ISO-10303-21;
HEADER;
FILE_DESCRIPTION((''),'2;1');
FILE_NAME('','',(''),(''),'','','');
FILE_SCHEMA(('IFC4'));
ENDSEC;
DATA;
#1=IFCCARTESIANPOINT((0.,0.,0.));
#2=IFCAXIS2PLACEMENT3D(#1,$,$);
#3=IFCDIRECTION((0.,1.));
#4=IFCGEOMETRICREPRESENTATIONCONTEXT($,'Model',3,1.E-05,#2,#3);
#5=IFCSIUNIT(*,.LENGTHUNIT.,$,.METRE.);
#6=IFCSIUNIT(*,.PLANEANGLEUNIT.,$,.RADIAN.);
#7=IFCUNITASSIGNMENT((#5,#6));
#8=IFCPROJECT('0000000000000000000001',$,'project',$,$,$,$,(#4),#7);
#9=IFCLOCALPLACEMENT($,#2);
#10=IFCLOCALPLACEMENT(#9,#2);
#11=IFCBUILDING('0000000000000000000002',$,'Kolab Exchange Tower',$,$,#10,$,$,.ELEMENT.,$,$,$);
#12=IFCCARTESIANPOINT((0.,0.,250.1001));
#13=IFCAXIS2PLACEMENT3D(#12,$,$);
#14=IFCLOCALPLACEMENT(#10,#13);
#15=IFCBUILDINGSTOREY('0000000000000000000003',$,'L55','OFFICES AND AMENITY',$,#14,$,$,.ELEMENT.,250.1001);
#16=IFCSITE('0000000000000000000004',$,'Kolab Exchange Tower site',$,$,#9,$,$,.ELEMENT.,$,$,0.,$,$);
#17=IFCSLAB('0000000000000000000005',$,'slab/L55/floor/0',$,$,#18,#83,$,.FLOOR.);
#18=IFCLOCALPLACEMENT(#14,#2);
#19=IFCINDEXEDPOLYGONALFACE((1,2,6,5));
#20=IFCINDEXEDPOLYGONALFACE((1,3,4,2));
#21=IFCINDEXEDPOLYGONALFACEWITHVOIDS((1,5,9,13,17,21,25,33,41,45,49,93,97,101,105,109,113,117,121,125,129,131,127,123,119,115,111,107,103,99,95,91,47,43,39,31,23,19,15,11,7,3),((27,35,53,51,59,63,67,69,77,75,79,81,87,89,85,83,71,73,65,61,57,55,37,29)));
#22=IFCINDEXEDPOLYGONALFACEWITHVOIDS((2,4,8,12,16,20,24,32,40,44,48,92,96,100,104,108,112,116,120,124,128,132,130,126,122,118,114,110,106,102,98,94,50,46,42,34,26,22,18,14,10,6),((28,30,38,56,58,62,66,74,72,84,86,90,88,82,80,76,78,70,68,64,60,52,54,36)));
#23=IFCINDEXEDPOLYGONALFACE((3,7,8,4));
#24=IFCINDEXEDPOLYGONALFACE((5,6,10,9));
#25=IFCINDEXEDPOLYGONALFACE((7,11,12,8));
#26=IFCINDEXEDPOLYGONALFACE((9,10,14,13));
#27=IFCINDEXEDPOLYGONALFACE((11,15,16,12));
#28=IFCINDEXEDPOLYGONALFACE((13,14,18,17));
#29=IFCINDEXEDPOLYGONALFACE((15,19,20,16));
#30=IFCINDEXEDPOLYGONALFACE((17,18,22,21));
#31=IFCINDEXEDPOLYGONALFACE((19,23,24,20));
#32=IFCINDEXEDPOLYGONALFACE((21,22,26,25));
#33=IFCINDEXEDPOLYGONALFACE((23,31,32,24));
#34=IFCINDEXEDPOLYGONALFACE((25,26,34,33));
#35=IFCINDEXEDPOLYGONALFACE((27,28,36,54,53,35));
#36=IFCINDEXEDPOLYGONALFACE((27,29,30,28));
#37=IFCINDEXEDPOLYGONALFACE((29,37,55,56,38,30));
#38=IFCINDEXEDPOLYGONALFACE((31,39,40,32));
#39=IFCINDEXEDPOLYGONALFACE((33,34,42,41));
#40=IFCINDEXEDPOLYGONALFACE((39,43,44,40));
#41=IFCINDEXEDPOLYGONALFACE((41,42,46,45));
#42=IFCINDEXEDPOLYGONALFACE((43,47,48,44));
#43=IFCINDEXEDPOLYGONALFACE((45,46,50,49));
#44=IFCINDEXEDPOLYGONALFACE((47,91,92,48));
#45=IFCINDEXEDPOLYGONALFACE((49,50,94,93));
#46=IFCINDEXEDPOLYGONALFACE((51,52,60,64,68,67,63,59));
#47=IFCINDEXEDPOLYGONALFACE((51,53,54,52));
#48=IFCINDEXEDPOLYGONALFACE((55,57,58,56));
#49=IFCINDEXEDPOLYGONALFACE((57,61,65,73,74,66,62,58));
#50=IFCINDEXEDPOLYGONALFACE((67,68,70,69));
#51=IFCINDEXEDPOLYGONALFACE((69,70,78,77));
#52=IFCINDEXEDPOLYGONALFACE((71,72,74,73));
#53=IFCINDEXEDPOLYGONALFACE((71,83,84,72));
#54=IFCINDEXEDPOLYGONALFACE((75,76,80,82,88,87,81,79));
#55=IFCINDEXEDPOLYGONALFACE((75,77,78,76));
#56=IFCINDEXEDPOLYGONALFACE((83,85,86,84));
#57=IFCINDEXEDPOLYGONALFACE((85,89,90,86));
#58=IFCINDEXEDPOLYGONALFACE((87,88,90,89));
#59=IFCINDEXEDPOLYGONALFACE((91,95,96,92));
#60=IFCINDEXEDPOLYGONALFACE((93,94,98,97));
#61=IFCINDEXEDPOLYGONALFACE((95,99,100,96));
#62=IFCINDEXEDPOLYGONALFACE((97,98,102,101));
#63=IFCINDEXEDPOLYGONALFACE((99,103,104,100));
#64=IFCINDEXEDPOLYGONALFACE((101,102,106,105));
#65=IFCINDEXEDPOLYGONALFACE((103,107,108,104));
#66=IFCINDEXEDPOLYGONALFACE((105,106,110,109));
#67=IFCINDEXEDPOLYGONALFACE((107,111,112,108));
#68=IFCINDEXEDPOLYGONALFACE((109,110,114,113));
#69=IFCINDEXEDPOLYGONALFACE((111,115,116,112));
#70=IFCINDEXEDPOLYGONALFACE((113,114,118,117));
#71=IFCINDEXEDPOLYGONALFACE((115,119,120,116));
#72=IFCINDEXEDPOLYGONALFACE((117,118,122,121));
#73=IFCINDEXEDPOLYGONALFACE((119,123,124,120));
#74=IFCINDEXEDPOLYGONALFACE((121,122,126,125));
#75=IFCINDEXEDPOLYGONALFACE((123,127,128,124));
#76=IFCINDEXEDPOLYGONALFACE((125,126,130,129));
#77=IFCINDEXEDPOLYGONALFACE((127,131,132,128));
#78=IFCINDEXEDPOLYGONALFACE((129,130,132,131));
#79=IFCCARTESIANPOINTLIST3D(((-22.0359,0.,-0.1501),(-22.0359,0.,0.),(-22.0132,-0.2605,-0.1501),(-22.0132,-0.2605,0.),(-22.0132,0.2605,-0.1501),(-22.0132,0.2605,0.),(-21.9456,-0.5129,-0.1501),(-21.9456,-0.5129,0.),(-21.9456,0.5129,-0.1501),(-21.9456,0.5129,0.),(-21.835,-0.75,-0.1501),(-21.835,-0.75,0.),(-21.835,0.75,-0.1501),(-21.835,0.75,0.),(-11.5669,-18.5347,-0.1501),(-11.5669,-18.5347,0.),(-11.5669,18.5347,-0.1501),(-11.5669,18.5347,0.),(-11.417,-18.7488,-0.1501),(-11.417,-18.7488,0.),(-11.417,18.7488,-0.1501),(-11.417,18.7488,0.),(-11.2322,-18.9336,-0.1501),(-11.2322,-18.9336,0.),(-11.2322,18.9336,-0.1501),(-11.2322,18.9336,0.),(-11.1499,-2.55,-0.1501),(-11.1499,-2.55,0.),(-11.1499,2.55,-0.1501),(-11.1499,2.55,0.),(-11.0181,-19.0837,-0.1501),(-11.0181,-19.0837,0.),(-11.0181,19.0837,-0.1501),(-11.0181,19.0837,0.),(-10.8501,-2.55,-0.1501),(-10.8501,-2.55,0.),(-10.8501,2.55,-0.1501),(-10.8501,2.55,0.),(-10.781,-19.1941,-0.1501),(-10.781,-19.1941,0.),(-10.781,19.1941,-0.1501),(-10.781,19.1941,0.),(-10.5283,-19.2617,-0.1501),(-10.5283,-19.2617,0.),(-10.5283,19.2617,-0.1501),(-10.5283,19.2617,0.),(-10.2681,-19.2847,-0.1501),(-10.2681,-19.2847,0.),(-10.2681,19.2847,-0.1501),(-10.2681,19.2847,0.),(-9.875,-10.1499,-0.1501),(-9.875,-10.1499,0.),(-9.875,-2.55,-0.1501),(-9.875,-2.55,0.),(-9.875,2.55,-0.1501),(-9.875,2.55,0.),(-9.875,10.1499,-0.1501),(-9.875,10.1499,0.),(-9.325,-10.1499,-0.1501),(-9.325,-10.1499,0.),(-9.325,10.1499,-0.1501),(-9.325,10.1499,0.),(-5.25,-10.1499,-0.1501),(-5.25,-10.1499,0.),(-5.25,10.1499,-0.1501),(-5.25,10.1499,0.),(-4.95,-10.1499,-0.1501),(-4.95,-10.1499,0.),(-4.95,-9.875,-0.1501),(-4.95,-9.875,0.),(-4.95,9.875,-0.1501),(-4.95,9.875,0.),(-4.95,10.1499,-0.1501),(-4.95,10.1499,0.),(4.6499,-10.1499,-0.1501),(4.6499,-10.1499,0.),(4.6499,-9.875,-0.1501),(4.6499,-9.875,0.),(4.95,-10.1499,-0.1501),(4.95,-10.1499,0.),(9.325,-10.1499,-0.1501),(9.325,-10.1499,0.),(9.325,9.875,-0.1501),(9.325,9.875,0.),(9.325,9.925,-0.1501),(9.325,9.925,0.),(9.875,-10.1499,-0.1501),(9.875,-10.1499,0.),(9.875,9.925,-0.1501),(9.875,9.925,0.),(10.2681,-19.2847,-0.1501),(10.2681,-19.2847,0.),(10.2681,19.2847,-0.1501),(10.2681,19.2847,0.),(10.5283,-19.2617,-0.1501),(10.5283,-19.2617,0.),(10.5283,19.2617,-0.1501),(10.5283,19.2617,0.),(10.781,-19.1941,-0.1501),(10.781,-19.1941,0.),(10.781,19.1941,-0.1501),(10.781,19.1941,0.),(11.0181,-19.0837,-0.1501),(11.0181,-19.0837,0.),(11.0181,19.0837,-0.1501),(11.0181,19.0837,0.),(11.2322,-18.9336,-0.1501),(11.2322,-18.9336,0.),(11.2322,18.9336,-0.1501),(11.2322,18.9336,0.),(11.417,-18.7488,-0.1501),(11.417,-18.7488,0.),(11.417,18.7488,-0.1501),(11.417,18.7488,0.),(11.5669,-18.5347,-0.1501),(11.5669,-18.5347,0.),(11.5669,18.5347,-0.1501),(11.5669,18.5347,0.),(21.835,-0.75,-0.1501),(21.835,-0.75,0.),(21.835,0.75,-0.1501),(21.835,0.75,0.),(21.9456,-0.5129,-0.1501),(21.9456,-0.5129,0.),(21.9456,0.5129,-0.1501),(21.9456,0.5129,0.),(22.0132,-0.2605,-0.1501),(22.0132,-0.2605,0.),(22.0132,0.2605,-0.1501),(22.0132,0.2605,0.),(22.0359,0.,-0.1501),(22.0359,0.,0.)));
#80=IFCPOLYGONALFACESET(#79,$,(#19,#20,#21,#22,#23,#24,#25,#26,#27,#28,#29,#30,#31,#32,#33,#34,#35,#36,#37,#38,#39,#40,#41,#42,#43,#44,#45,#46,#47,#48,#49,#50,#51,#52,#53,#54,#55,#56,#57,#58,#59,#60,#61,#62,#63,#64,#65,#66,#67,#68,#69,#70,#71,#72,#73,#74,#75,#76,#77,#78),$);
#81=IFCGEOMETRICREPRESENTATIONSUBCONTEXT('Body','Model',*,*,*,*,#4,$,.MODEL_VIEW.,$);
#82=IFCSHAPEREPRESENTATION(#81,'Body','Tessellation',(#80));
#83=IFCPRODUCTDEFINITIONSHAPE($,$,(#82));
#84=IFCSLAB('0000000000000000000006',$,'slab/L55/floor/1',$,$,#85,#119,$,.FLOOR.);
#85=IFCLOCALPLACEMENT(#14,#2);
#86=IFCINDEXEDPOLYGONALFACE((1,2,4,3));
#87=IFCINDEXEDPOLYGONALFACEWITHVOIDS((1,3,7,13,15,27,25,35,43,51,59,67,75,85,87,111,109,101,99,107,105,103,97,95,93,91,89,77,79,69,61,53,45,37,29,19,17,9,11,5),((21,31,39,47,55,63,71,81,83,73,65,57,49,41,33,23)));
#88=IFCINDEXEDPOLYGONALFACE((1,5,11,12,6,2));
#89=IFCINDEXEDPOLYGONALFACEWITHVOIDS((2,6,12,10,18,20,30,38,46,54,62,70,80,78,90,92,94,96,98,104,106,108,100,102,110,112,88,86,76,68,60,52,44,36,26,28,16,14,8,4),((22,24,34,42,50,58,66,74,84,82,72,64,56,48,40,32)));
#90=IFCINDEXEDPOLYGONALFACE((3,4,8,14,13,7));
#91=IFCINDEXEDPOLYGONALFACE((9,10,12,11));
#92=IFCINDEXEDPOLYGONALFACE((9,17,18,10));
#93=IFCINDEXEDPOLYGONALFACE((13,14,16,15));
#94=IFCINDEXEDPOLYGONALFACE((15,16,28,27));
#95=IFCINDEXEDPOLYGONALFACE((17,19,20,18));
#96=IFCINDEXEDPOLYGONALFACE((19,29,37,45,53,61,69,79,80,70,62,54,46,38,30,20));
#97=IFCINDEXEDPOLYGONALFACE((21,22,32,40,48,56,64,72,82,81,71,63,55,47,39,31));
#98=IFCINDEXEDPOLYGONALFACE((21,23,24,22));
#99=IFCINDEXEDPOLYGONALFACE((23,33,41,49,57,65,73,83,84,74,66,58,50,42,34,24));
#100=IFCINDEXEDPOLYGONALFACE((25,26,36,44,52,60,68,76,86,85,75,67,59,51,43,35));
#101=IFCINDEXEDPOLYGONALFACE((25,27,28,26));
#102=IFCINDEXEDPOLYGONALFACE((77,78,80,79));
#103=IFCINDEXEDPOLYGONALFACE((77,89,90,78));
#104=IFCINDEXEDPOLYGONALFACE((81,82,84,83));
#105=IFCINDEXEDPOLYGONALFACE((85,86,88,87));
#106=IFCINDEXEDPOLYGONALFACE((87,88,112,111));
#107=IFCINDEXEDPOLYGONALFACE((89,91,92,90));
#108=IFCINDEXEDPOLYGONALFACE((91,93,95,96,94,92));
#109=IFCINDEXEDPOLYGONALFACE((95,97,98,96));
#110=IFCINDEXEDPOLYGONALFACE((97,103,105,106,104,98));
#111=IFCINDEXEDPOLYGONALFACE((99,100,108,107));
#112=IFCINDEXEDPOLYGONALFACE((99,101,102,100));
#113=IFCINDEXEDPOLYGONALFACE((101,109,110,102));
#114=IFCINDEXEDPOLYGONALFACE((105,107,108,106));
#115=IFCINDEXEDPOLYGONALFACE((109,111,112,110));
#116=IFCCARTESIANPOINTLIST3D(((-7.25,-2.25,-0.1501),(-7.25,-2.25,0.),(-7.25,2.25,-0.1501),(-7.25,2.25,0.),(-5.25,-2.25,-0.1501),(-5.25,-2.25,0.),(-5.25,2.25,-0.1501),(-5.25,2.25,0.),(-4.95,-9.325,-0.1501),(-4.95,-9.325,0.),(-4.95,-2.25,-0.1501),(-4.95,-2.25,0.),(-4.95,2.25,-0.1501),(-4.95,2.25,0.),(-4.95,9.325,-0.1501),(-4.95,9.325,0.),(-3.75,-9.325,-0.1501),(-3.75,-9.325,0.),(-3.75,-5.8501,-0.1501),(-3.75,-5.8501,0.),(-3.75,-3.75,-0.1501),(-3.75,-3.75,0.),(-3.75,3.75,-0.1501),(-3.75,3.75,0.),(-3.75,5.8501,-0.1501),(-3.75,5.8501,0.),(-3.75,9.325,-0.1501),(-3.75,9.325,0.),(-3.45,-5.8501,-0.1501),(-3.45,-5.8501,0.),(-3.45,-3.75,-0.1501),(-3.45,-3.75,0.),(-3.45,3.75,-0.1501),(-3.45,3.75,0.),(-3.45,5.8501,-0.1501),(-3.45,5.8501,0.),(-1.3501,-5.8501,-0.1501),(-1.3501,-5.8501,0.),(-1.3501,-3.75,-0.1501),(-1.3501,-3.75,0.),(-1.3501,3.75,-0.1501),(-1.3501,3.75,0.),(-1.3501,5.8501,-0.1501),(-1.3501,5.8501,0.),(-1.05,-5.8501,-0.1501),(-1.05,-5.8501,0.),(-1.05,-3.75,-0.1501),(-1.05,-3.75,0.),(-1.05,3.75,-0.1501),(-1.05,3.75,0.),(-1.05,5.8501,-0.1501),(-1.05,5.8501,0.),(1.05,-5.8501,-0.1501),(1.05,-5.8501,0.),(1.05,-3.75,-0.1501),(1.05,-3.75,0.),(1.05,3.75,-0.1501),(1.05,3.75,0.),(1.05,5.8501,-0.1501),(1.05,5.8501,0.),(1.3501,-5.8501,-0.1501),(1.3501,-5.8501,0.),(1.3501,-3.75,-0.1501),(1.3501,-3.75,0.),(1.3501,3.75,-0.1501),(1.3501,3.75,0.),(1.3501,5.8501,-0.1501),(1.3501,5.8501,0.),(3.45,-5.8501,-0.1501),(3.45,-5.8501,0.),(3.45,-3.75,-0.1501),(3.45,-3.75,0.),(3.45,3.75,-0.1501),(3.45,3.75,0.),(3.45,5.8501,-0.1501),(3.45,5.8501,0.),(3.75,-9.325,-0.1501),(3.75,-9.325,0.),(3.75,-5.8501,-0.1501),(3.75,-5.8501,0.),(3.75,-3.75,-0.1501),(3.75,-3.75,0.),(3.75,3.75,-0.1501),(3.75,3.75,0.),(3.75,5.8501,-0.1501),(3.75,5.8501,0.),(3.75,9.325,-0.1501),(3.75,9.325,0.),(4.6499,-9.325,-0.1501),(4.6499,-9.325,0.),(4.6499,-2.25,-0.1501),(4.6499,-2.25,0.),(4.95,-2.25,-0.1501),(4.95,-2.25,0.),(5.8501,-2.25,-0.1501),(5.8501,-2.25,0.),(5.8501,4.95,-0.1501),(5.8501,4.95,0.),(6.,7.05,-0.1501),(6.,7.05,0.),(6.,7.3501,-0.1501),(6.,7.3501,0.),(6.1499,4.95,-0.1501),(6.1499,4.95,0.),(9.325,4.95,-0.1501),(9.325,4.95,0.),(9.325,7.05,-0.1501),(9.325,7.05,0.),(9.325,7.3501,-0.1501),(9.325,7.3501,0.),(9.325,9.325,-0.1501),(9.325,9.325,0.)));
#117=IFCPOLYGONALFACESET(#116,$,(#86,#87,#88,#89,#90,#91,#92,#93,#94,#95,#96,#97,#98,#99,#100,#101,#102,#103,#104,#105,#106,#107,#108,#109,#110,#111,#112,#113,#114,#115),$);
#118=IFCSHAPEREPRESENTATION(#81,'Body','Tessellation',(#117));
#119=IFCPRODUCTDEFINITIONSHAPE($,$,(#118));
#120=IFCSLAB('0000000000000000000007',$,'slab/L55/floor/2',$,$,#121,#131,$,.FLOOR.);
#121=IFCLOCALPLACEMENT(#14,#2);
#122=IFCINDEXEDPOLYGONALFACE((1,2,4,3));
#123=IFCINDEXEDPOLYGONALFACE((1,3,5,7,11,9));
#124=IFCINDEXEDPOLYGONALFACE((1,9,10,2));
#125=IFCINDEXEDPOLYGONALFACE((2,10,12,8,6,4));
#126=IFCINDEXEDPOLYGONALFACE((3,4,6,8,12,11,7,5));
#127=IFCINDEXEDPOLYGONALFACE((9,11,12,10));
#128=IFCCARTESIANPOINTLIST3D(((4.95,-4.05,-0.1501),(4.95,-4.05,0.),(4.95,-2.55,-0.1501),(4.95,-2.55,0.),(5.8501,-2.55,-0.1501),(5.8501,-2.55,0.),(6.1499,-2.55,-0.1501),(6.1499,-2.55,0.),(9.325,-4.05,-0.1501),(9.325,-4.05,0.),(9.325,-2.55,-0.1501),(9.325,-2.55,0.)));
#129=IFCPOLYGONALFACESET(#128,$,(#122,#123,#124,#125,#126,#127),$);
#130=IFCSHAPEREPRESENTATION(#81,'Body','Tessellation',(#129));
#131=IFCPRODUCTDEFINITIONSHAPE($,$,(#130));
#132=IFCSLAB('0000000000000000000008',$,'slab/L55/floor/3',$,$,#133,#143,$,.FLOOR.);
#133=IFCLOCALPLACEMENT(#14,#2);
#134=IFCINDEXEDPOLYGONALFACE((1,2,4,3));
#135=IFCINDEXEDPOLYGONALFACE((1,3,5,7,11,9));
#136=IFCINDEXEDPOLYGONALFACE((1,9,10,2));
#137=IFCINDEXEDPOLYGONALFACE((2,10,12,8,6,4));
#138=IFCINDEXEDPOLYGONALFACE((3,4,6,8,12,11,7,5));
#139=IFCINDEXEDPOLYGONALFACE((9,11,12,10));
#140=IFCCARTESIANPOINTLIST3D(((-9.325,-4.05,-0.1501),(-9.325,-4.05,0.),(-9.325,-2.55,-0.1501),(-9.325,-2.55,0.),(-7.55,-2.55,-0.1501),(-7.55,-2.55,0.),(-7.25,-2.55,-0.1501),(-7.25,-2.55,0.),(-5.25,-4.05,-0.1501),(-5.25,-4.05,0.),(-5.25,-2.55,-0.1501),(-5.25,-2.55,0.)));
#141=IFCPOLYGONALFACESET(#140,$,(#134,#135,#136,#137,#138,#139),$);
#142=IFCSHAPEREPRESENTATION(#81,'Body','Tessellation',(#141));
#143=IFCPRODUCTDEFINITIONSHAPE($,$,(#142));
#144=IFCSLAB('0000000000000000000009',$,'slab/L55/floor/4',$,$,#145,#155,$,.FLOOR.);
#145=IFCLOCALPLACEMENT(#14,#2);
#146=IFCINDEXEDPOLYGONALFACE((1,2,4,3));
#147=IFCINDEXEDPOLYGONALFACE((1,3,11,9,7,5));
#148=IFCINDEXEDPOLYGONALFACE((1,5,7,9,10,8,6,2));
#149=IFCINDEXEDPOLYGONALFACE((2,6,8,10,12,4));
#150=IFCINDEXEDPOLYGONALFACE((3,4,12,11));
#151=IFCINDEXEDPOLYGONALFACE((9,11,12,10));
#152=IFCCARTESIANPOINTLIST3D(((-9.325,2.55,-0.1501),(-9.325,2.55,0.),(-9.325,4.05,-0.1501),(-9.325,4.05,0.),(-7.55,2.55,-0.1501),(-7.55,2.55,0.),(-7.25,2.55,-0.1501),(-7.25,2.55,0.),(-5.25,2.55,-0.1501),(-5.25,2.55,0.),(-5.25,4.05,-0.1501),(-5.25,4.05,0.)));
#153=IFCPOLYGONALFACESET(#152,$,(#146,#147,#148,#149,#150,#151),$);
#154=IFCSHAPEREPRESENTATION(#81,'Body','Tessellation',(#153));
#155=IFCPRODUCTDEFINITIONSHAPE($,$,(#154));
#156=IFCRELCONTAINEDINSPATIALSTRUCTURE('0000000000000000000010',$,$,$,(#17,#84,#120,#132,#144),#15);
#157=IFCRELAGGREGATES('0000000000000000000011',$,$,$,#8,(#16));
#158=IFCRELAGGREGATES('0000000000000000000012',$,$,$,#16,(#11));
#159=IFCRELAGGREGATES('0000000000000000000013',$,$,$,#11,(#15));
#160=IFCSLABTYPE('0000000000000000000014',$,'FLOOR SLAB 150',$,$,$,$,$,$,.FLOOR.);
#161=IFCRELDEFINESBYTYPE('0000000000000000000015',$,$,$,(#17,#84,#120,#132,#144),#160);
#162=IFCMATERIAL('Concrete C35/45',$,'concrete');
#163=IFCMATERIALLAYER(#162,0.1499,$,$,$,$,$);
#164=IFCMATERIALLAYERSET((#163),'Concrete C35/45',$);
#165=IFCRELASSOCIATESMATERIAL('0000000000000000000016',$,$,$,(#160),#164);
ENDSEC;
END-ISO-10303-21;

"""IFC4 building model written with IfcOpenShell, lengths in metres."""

from ifc_helpers import new_model, si_unit, direction, frame, origin, place, context, subcontext, project, spatial, polyline, outline, extrude, material, layer, layer_set, type_object, element, save


model = new_model("IFC4")

# Units and contexts
model_context = context("Model", 3, precision=1e-05, world=origin(), true_north=direction((0.0, 1.0)))
body_context = subcontext(model_context, "Body", "Model", "MODEL_VIEW")
ifc_project = project(units=[si_unit("LENGTHUNIT", "METRE"), si_unit("PLANEANGLEUNIT", "RADIAN")], contexts=[model_context])

# Site, building, storey
site_placement = place(None, origin())
site = spatial("IfcSite", under=ifc_project, at=site_placement, Name="Kolab Exchange Tower site", CompositionType="ELEMENT", RefElevation=0.0)
building_placement = place(site_placement, origin())
building = spatial("IfcBuilding", under=site, at=building_placement, Name="Kolab Exchange Tower", CompositionType="ELEMENT")
storey_placement = place(building_placement, frame((0.0, 0.0, 250.1001)))
storey = spatial("IfcBuildingStorey", under=building, at=storey_placement, Name="L55", Description="OFFICES AND AMENITY", CompositionType="ELEMENT", Elevation=250.1001)

# Slabs
ifc_material_1 = material(Name="Concrete C35/45", Category="concrete")
ifc_layer_1 = layer(ifc_material_1, 0.1499)
ifc_layer_set_1 = layer_set([ifc_layer_1], Name="Concrete C35/45")
slab_type_1 = type_object("IfcSlabType", Name="FLOOR SLAB 150", PredefinedType="FLOOR", material=ifc_layer_set_1)
slab_1_placement = place(storey_placement, frame((0.0, 0.0, -0.1501)))
element("IfcSlab", 1, at=slab_1_placement, inside=storey, type_object=slab_type_1, Name="slab/L55/floor/0", PredefinedType="FLOOR", context=body_context, shape_type="SweptSolid", body=[
    extrude(outline(polyline([(11.5669, -18.5347), (21.835, -0.75), (21.9456, -0.5129), (22.0132, -0.2605), (22.0359, 0.0), (22.0132, 0.2605), (21.9456, 0.5129), (21.835, 0.75), (11.5669, 18.5347), (11.417, 18.7488), (11.2322, 18.9336), (11.0181, 19.0837), (10.781, 19.1941), (10.5283, 19.2617), (10.2681, 19.2847), (-10.2681, 19.2847), (-10.5283, 19.2617), (-10.781, 19.1941), (-11.0181, 19.0837), (-11.2322, 18.9336), (-11.417, 18.7488), (-11.5669, 18.5347), (-21.835, 0.75), (-21.9456, 0.5129), (-22.0132, 0.2605), (-22.0359, 0.0), (-22.0132, -0.2605), (-21.9456, -0.5129), (-21.835, -0.75), (-11.5669, -18.5347), (-11.417, -18.7488), (-11.2322, -18.9336), (-11.0181, -19.0837), (-10.781, -19.1941), (-10.5283, -19.2617), (-10.2681, -19.2847), (10.2681, -19.2847), (10.5283, -19.2617), (10.781, -19.1941), (11.0181, -19.0837), (11.2322, -18.9336), (11.417, -18.7488), (11.5669, -18.5347)]), holes=[polyline([(-9.325, -10.1499), (-9.875, -10.1499), (-9.875, -2.55), (-10.8501, -2.55), (-11.1499, -2.55), (-11.1499, 2.55), (-10.8501, 2.55), (-9.875, 2.55), (-9.875, 10.1499), (-9.325, 10.1499), (-5.25, 10.1499), (-4.95, 10.1499), (-4.95, 9.875), (9.325, 9.875), (9.325, 9.925), (9.875, 9.925), (9.875, -10.1499), (9.325, -10.1499), (4.95, -10.1499), (4.6499, -10.1499), (4.6499, -9.875), (-4.95, -9.875), (-4.95, -10.1499), (-5.25, -10.1499), (-9.325, -10.1499)])]), origin(), (0.0, 0.0, 1.0), 0.1501),
])
slab_2_placement = place(storey_placement, frame((0.0, 0.0, -0.1501)))
element("IfcSlab", 2, at=slab_2_placement, inside=storey, type_object=slab_type_1, Name="slab/L55/floor/1", PredefinedType="FLOOR", context=body_context, shape_type="SweptSolid", body=[
    extrude(outline(polyline([(-4.95, 9.325), (-4.95, 2.25), (-5.25, 2.25), (-7.25, 2.25), (-7.25, -2.25), (-5.25, -2.25), (-4.95, -2.25), (-4.95, -9.325), (-3.75, -9.325), (-3.75, -5.8501), (-3.45, -5.8501), (-1.3501, -5.8501), (-1.05, -5.8501), (1.05, -5.8501), (1.3501, -5.8501), (3.45, -5.8501), (3.75, -5.8501), (3.75, -9.325), (4.6499, -9.325), (4.6499, -2.25), (4.95, -2.25), (5.8501, -2.25), (5.8501, 4.95), (6.1499, 4.95), (9.325, 4.95), (9.325, 7.05), (6.0, 7.05), (6.0, 7.3501), (9.325, 7.3501), (9.325, 9.325), (3.75, 9.325), (3.75, 5.8501), (3.45, 5.8501), (1.3501, 5.8501), (1.05, 5.8501), (-1.05, 5.8501), (-1.3501, 5.8501), (-3.45, 5.8501), (-3.75, 5.8501), (-3.75, 9.325), (-4.95, 9.325)]), holes=[polyline([(-3.45, -3.75), (-3.75, -3.75), (-3.75, 3.75), (-3.45, 3.75), (-1.3501, 3.75), (-1.05, 3.75), (1.05, 3.75), (1.3501, 3.75), (3.45, 3.75), (3.75, 3.75), (3.75, -3.75), (3.45, -3.75), (1.3501, -3.75), (1.05, -3.75), (-1.05, -3.75), (-1.3501, -3.75), (-3.45, -3.75)])]), origin(), (0.0, 0.0, 1.0), 0.1501),
])
slab_3_placement = place(storey_placement, frame((0.0, 0.0, -0.1501)))
element("IfcSlab", 3, at=slab_3_placement, inside=storey, type_object=slab_type_1, Name="slab/L55/floor/2", PredefinedType="FLOOR", context=body_context, shape_type="SweptSolid", body=[
    extrude(outline(polyline([(4.95, -2.55), (4.95, -4.05), (9.325, -4.05), (9.325, -2.55), (6.1499, -2.55), (5.8501, -2.55), (4.95, -2.55)])), origin(), (0.0, 0.0, 1.0), 0.1501),
])
slab_4_placement = place(storey_placement, frame((0.0, 0.0, -0.1501)))
element("IfcSlab", 4, at=slab_4_placement, inside=storey, type_object=slab_type_1, Name="slab/L55/floor/3", PredefinedType="FLOOR", context=body_context, shape_type="SweptSolid", body=[
    extrude(outline(polyline([(-7.55, -2.55), (-9.325, -2.55), (-9.325, -4.05), (-5.25, -4.05), (-5.25, -2.55), (-7.25, -2.55), (-7.55, -2.55)])), origin(), (0.0, 0.0, 1.0), 0.1501),
])
slab_5_placement = place(storey_placement, frame((0.0, 0.0, -0.1501)))
element("IfcSlab", 5, at=slab_5_placement, inside=storey, type_object=slab_type_1, Name="slab/L55/floor/4", PredefinedType="FLOOR", context=body_context, shape_type="SweptSolid", body=[
    extrude(outline(polyline([(-9.325, 4.05), (-9.325, 2.55), (-7.55, 2.55), (-7.25, 2.55), (-5.25, 2.55), (-5.25, 4.05), (-9.325, 4.05)])), origin(), (0.0, 0.0, 1.0), 0.1501),
])

save(model, "model.ifc")
